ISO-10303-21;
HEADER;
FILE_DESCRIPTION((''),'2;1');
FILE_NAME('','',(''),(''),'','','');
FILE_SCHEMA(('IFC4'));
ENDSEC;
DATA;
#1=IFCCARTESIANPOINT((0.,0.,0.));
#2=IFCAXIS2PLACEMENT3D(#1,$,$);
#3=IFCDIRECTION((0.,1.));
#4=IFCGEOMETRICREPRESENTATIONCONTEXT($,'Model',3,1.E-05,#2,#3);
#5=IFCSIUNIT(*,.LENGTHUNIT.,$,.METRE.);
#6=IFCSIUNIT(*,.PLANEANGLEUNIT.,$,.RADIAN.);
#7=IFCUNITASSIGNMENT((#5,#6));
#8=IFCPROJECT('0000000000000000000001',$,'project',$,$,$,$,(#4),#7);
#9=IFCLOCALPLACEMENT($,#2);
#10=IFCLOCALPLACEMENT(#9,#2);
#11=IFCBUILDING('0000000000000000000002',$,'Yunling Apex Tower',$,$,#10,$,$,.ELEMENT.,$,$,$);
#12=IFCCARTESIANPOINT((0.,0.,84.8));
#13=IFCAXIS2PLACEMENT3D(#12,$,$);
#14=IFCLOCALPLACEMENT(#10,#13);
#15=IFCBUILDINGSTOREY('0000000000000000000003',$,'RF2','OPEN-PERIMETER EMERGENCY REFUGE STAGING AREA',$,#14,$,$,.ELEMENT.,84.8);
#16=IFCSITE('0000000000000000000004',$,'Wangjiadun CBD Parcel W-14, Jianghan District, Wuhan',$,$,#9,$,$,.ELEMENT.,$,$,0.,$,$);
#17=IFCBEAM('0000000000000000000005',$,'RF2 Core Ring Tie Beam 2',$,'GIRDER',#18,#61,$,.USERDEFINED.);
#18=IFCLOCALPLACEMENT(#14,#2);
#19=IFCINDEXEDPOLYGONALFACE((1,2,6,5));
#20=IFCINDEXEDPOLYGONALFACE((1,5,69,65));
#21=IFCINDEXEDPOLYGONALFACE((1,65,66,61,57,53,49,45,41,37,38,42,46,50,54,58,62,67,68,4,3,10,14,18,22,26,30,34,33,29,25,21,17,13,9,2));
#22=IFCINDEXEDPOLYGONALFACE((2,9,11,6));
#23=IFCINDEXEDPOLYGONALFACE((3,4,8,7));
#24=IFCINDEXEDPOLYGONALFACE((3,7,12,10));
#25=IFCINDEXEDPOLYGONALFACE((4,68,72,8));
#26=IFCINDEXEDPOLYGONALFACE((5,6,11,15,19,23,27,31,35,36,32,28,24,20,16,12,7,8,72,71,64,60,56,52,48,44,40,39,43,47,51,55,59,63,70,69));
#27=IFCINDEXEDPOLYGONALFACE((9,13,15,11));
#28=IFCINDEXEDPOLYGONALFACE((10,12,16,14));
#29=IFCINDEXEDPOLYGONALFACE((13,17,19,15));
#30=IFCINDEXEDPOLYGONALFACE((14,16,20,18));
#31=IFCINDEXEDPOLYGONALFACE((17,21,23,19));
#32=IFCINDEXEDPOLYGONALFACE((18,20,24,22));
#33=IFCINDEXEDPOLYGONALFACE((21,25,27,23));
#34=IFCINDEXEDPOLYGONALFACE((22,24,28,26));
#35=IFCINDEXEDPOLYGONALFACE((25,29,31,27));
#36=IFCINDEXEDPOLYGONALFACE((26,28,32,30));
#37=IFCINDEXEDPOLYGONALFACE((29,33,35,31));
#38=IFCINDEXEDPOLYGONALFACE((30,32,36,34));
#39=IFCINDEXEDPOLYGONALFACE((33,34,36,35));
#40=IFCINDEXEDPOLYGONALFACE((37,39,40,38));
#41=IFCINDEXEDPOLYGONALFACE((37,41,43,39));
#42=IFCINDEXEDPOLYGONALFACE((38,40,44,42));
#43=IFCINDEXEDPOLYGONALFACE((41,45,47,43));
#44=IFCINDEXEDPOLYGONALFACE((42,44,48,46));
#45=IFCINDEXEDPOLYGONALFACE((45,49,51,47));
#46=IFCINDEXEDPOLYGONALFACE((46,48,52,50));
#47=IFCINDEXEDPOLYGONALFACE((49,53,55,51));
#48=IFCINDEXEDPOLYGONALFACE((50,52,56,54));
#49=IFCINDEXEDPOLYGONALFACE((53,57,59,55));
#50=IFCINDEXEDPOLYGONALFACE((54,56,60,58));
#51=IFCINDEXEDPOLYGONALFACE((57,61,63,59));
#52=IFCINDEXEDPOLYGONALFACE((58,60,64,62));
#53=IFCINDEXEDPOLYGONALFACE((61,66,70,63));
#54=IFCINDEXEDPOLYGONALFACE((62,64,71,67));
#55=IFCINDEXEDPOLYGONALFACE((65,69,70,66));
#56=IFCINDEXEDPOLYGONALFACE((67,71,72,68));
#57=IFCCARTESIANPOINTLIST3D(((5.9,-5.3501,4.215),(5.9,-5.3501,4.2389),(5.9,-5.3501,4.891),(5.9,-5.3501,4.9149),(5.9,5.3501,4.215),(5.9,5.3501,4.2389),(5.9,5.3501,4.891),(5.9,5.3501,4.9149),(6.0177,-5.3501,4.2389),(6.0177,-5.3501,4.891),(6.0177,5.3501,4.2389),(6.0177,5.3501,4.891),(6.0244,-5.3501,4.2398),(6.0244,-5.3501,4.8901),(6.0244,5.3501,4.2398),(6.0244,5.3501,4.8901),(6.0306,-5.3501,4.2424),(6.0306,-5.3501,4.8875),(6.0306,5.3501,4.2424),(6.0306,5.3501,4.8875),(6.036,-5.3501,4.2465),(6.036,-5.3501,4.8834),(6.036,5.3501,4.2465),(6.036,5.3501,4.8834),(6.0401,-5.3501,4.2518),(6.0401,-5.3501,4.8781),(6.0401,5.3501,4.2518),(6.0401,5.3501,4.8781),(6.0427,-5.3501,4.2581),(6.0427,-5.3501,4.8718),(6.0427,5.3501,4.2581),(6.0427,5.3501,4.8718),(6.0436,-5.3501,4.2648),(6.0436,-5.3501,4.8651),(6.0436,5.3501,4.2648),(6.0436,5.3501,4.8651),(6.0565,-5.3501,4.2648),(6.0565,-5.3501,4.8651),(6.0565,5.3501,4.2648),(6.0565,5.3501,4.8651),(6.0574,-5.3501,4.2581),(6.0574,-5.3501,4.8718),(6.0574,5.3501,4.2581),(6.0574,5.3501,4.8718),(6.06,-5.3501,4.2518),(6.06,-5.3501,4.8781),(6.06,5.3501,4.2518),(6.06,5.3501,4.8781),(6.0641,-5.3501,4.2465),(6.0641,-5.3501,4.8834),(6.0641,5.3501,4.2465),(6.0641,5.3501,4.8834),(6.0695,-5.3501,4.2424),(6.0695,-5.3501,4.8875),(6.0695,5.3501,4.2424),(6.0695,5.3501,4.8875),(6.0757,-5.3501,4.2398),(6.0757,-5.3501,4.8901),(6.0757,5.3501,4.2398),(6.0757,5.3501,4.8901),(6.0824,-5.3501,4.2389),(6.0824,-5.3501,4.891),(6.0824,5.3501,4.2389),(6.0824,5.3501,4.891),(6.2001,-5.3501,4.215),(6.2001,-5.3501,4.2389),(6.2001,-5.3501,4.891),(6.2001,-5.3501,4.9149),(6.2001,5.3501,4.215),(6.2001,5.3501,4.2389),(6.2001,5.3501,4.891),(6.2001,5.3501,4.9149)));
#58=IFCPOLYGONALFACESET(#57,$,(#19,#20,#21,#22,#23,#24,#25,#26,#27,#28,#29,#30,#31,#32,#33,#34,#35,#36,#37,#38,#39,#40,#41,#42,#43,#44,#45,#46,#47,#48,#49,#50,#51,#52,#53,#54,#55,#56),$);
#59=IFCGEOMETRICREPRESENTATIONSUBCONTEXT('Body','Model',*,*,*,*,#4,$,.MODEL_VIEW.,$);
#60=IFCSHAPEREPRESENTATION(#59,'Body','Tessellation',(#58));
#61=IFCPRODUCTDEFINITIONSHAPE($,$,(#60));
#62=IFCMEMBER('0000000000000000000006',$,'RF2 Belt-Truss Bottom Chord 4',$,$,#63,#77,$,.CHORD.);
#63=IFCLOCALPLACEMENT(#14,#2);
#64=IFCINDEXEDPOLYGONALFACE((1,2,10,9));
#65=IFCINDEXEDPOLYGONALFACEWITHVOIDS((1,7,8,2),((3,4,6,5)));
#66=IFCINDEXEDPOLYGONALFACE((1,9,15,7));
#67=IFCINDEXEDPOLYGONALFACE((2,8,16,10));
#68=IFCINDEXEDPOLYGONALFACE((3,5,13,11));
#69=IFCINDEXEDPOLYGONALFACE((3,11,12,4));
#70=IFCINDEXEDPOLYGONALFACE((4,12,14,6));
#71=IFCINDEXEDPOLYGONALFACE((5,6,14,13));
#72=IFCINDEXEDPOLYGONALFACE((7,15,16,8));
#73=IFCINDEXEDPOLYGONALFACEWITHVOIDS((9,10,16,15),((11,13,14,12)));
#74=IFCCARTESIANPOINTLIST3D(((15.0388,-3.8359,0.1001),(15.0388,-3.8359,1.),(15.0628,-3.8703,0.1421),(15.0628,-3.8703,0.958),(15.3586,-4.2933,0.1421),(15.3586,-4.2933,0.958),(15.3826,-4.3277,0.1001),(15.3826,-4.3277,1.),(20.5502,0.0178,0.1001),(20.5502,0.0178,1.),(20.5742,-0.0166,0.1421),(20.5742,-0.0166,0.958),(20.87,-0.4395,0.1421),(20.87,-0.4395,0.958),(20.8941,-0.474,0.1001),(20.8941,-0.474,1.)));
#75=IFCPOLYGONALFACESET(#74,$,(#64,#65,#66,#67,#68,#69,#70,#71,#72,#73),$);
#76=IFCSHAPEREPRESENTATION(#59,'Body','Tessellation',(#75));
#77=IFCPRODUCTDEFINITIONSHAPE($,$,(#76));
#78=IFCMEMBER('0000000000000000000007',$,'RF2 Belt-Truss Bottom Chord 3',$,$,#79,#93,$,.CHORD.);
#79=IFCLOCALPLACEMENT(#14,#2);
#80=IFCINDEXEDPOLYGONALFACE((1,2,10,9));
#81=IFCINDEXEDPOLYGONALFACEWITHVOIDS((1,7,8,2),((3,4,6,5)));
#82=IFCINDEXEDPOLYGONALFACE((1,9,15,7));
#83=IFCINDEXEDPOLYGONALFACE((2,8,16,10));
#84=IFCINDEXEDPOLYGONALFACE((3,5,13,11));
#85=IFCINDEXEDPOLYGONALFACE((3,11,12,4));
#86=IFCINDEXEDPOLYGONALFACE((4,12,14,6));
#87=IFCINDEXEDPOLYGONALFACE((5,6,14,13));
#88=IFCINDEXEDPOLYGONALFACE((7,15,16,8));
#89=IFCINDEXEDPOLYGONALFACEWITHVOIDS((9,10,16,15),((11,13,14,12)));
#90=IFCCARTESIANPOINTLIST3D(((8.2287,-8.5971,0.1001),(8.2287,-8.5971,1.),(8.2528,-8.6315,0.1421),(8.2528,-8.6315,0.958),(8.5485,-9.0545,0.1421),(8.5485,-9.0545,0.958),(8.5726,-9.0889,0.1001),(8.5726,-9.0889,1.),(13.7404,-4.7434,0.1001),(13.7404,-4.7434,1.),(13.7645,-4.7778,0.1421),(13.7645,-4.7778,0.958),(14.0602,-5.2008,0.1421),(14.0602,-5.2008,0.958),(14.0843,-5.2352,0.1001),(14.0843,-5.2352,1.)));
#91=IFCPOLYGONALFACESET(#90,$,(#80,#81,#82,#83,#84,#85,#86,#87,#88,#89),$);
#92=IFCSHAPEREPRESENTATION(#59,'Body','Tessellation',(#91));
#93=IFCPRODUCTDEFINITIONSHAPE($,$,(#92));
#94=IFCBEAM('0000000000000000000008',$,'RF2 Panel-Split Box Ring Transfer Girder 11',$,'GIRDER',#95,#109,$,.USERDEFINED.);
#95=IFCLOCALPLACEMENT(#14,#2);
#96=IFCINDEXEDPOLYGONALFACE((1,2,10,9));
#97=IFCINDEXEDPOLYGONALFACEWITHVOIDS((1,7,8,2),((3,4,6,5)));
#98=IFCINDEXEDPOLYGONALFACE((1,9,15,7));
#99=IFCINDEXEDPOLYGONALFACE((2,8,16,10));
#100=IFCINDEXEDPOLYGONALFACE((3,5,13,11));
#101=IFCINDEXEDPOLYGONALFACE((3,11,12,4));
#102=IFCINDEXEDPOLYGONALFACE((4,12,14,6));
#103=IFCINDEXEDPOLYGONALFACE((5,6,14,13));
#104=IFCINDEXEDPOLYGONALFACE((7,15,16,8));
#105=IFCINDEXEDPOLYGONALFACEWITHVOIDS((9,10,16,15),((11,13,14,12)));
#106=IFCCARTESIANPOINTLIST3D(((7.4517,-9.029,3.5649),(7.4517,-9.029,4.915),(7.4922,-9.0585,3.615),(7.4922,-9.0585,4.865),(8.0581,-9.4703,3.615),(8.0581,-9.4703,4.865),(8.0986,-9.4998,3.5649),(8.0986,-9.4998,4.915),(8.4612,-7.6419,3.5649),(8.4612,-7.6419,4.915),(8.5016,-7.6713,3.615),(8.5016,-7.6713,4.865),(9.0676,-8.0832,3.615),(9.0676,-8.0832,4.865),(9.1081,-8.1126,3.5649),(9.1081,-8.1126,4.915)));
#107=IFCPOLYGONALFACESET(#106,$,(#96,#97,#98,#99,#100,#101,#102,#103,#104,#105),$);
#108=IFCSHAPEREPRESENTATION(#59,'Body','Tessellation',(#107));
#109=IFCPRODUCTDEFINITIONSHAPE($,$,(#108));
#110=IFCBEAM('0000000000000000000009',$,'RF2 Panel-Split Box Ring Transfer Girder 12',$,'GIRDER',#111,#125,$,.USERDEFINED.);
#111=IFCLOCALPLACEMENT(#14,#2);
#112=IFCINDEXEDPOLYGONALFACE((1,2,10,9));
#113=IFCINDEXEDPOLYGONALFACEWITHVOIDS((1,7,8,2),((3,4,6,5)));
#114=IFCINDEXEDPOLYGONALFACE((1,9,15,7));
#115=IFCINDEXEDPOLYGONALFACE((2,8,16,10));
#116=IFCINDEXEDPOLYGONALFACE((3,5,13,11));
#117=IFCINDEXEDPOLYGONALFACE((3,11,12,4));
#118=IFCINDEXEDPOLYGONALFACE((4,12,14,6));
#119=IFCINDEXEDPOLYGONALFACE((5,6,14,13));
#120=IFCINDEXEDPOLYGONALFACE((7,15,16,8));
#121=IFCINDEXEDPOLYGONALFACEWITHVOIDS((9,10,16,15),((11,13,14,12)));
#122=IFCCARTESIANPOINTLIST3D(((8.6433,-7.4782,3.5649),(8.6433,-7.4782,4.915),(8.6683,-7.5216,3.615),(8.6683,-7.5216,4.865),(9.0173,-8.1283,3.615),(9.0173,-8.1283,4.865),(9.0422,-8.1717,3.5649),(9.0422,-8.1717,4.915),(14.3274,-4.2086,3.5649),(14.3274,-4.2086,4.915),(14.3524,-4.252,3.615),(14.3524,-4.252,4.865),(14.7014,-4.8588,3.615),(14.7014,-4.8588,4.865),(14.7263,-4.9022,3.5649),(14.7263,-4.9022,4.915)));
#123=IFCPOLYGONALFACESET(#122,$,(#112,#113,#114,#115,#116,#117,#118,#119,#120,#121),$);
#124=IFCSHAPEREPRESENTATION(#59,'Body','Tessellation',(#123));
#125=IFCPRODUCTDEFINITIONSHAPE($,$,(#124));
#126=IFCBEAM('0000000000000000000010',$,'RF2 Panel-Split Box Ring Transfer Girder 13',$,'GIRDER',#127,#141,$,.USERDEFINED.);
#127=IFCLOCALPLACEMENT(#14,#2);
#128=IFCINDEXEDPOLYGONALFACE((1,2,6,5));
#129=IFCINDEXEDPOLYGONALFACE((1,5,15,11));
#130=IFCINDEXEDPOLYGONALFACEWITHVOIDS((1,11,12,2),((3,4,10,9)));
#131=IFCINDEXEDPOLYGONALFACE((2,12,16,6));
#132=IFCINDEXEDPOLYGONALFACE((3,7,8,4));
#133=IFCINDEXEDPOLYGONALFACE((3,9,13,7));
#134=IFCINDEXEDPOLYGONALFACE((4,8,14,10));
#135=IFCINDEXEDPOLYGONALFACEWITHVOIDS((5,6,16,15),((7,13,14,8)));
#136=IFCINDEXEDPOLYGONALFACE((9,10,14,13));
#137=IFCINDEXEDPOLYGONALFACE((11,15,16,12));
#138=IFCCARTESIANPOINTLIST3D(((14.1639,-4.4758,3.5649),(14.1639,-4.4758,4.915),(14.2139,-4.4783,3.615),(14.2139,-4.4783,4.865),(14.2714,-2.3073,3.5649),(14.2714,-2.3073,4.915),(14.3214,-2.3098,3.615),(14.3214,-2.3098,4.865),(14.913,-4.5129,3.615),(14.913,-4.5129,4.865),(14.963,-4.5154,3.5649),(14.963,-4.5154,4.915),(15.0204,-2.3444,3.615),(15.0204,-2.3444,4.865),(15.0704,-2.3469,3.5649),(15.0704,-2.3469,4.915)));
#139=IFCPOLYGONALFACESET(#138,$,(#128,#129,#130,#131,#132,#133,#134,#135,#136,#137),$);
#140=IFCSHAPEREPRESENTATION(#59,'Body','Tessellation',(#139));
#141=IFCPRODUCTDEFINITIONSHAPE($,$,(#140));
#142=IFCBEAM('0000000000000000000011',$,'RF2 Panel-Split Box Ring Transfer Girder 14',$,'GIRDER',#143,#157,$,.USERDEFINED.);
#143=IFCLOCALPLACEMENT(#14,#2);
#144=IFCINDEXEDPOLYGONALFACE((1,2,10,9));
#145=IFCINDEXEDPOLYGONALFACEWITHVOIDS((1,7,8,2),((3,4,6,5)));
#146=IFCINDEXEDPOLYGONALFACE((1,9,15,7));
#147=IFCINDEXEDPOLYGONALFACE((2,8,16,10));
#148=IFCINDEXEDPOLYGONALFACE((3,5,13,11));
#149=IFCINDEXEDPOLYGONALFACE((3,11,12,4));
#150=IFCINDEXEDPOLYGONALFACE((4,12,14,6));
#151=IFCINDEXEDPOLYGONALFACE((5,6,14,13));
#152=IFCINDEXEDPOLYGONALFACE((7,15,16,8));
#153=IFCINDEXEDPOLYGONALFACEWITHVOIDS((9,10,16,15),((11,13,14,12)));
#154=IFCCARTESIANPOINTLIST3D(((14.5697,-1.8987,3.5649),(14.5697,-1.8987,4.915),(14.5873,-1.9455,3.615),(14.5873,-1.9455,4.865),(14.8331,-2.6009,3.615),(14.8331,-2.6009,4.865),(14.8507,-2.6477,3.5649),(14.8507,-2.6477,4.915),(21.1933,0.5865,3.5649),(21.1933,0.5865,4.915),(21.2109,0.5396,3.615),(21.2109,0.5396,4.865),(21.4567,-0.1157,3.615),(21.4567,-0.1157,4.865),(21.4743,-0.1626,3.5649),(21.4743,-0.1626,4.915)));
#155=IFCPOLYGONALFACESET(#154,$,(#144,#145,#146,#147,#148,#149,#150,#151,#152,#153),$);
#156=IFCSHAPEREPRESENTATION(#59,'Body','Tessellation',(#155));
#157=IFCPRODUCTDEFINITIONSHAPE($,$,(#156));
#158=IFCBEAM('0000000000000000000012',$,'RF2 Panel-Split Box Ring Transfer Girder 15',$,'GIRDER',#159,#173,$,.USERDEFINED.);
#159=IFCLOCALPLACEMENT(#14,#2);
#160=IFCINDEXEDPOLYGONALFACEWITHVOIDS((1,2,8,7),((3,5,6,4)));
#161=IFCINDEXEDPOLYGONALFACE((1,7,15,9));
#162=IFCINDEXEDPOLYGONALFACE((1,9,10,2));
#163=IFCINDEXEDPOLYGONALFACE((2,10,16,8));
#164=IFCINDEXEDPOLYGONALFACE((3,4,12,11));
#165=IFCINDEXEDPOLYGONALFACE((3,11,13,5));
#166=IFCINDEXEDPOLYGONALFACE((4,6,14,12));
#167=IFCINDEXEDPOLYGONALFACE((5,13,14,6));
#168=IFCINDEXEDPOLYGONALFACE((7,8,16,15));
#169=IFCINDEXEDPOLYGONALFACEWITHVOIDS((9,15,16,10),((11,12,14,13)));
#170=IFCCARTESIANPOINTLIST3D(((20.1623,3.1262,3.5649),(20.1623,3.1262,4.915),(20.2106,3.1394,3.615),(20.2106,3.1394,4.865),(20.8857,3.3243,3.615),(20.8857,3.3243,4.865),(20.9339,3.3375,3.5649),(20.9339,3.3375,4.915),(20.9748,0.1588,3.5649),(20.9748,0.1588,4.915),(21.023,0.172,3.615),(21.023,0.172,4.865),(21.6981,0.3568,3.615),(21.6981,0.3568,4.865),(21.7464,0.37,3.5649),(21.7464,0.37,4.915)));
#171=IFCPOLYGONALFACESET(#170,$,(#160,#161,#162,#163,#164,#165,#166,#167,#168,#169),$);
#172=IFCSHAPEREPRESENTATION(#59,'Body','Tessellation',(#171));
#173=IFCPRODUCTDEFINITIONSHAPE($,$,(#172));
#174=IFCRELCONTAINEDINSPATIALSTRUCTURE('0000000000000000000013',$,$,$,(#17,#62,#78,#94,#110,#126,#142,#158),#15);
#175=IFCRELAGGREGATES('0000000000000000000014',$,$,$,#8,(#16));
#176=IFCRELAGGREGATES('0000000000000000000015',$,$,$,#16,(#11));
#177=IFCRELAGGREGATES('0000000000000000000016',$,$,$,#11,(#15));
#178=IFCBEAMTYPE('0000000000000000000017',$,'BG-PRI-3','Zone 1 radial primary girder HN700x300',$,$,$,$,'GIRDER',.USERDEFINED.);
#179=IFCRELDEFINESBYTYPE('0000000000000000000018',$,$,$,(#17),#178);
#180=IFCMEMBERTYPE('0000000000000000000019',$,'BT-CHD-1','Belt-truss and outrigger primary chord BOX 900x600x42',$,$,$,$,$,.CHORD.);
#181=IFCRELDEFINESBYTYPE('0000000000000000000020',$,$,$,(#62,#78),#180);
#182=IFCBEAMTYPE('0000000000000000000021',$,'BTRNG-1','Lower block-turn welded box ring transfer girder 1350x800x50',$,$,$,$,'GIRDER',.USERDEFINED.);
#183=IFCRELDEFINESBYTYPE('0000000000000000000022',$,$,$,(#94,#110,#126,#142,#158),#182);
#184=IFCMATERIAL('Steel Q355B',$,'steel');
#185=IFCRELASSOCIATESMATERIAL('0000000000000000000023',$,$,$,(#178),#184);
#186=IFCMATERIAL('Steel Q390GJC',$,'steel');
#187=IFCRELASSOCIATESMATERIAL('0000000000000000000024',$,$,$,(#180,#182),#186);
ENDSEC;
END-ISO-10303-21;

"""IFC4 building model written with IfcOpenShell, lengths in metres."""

from ifc_helpers import new_model, si_unit, direction, frame, origin, origin_2d, place, context, subcontext, project, spatial, hollow_rectangle, i_section, extrude, source, transform, mapped, material, material_profile, profile_set, type_object, element, save


model = new_model("IFC4")

# Units and contexts
model_context = context("Model", 3, precision=1e-05, world=origin(), true_north=direction((0.0, 1.0)))
body_context = subcontext(model_context, "Body", "Model", "MODEL_VIEW")
ifc_project = project(units=[si_unit("LENGTHUNIT", "METRE"), si_unit("PLANEANGLEUNIT", "RADIAN")], contexts=[model_context])

# Site, building, storey
site_placement = place(None, origin())
site = spatial("IfcSite", under=ifc_project, at=site_placement, Name="Wangjiadun CBD Parcel W-14, Jianghan District, Wuhan", CompositionType="ELEMENT", RefElevation=0.0)
building_placement = place(site_placement, origin())
building = spatial("IfcBuilding", under=site, at=building_placement, Name="Yunling Apex Tower", CompositionType="ELEMENT")
storey_placement = place(building_placement, frame((0.0, 0.0, 84.8)))
storey = spatial("IfcBuildingStorey", under=building, at=storey_placement, Name="RF2", Description="OPEN-PERIMETER EMERGENCY REFUGE STAGING AREA", CompositionType="ELEMENT", Elevation=84.8)

# Shared definitions
ifc_material_1 = material(Name="Steel Q390GJC", Category="steel")

# Beam
ifc_material_2 = material(Name="Steel Q355B", Category="steel")
ifc_material_profile_1 = material_profile(ifc_material_2, i_section(OverallWidth=0.3, OverallDepth=0.7, WebThickness=0.0129, FlangeThickness=0.0239, FilletRadius=0.0259, at=origin_2d()))
ifc_profile_set_1 = profile_set([ifc_material_profile_1], Name="Steel Q355B")
beam_type_1 = type_object("IfcBeamType", Name="BG-PRI-3", Description="Zone 1 radial primary girder HN700x300", ElementType="GIRDER", PredefinedType="USERDEFINED", material=ifc_profile_set_1)
shared_shape_1 = source(origin(), body_context, "Body", "SweptSolid", [
    extrude(i_section(OverallWidth=0.3, OverallDepth=0.7, WebThickness=0.0129, FlangeThickness=0.0239, FilletRadius=0.0259, at=origin_2d()), origin(), (0.0, 0.0, 1.0), 10.7002),
])
beam_1_placement = place(storey_placement, frame((6.05, -5.3501, 4.5649), z_axis=(0.0, 1.0, 0.0), x_axis=(-1.0, 0.0, 0.0)))
element("IfcBeam", 1, at=beam_1_placement, inside=storey, type_object=beam_type_1, Name="RF2 Core Ring Tie Beam 2", ObjectType="GIRDER", PredefinedType="USERDEFINED", context=body_context, shape_type="MappedRepresentation", body=[
    mapped(shared_shape_1, transform((0.0, 0.0, 0.0), scale=1.0)),
])

# Members
ifc_material_profile_2 = material_profile(ifc_material_1, hollow_rectangle(XDim=0.6001, YDim=0.8999, WallThickness=0.042, at=origin_2d()))
ifc_profile_set_2 = profile_set([ifc_material_profile_2], Name="Steel Q390GJC")
member_type_1 = type_object("IfcMemberType", Name="BT-CHD-1", Description="Belt-truss and outrigger primary chord BOX 900x600x42", PredefinedType="CHORD", material=ifc_profile_set_2)
shared_shape_2 = source(origin(), body_context, "Body", "SweptSolid", [
    extrude(hollow_rectangle(XDim=0.6001, YDim=0.8999, WallThickness=0.042, at=origin_2d()), origin(), (0.0, 0.0, 1.0), 6.7251),
])
member_1_placement = place(storey_placement, frame((15.2107, -4.0818, 0.55), z_axis=(0.81953, 0.573036, 0.0), x_axis=(-0.573036, 0.81953, 0.0)))
element("IfcMember", 2, at=member_1_placement, inside=storey, type_object=member_type_1, Name="RF2 Belt-Truss Bottom Chord 4", PredefinedType="CHORD", context=body_context, shape_type="MappedRepresentation", body=[
    mapped(shared_shape_2, transform((0.0, 0.0, 0.0), scale=1.0)),
])
shared_shape_3 = source(origin(), body_context, "Body", "SweptSolid", [
    extrude(hollow_rectangle(XDim=0.6001, YDim=0.8999, WallThickness=0.042, at=origin_2d()), origin(), (0.0, 0.0, 1.0), 6.7253),
])
member_2_placement = place(storey_placement, frame((8.4006, -8.843, 0.55), z_axis=(0.819542, 0.573019, 0.0), x_axis=(-0.573019, 0.819542, 0.0)))
element("IfcMember", 3, at=member_2_placement, inside=storey, type_object=member_type_1, Name="RF2 Belt-Truss Bottom Chord 3", PredefinedType="CHORD", context=body_context, shape_type="MappedRepresentation", body=[
    mapped(shared_shape_3, transform((0.0, 0.0, 0.0), scale=1.0)),
])

# Beams
ifc_material_profile_3 = material_profile(ifc_material_1, hollow_rectangle(XDim=0.8, YDim=1.3501, WallThickness=0.05, at=origin_2d()))
ifc_profile_set_3 = profile_set([ifc_material_profile_3], Name="Steel Q390GJC")
beam_type_2 = type_object("IfcBeamType", Name="BTRNG-1", Description="Lower block-turn welded box ring transfer girder 1350x800x50", ElementType="GIRDER", PredefinedType="USERDEFINED", material=ifc_profile_set_3)
shared_shape_4 = source(origin(), body_context, "Body", "SweptSolid", [
    extrude(hollow_rectangle(XDim=0.8, YDim=1.3501, WallThickness=0.05, at=origin_2d()), origin(), (0.0, 0.0, 1.0), 1.7156),
])
beam_2_placement = place(storey_placement, frame((7.7751, -9.2644, 4.24), z_axis=(0.588417, 0.808558, 0.0), x_axis=(-0.808558, 0.588417, 0.0)))
element("IfcBeam", 4, at=beam_2_placement, inside=storey, type_object=beam_type_2, Name="RF2 Panel-Split Box Ring Transfer Girder 11", ObjectType="GIRDER", PredefinedType="USERDEFINED", context=body_context, shape_type="MappedRepresentation", body=[
    mapped(shared_shape_4, transform((0.0, 0.0, 0.0), scale=1.0)),
])
shared_shape_5 = source(origin(), body_context, "Body", "SweptSolid", [
    extrude(hollow_rectangle(XDim=0.8, YDim=1.3501, WallThickness=0.05, at=origin_2d()), origin(), (0.0, 0.0, 1.0), 6.5574),
])
beam_3_placement = place(storey_placement, frame((8.8428, -7.825, 4.24), z_axis=(0.866828, 0.498607, 0.0), x_axis=(-0.498607, 0.866828, 0.0)))
element("IfcBeam", 5, at=beam_3_placement, inside=storey, type_object=beam_type_2, Name="RF2 Panel-Split Box Ring Transfer Girder 12", ObjectType="GIRDER", PredefinedType="USERDEFINED", context=body_context, shape_type="MappedRepresentation", body=[
    mapped(shared_shape_5, transform((0.0, 0.0, 0.0), scale=1.0)),
])
shared_shape_6 = source(origin(), body_context, "Body", "SweptSolid", [
    extrude(hollow_rectangle(XDim=0.8, YDim=1.3501, WallThickness=0.05, at=origin_2d()), origin(), (0.0, 0.0, 1.0), 2.1711),
])
beam_4_placement = place(storey_placement, frame((14.5635, -4.4956, 4.24), z_axis=(0.049478, 0.998775, 0.0), x_axis=(-0.998775, 0.049478, 0.0)))
element("IfcBeam", 6, at=beam_4_placement, inside=storey, type_object=beam_type_2, Name="RF2 Panel-Split Box Ring Transfer Girder 13", ObjectType="GIRDER", PredefinedType="USERDEFINED", context=body_context, shape_type="MappedRepresentation", body=[
    mapped(shared_shape_6, transform((0.0, 0.0, 0.0), scale=1.0)),
])
shared_shape_7 = source(origin(), body_context, "Body", "SweptSolid", [
    extrude(hollow_rectangle(XDim=0.8, YDim=1.3501, WallThickness=0.05, at=origin_2d()), origin(), (0.0, 0.0, 1.0), 7.0745),
])
beam_5_placement = place(storey_placement, frame((14.7102, -2.2732, 4.24), z_axis=(0.93627, 0.351282, 0.0), x_axis=(-0.351282, 0.93627, 0.0)))
element("IfcBeam", 7, at=beam_5_placement, inside=storey, type_object=beam_type_2, Name="RF2 Panel-Split Box Ring Transfer Girder 14", ObjectType="GIRDER", PredefinedType="USERDEFINED", context=body_context, shape_type="MappedRepresentation", body=[
    mapped(shared_shape_7, transform((0.0, 0.0, 0.0), scale=1.0)),
])
shared_shape_8 = source(origin(), body_context, "Body", "SweptSolid", [
    extrude(hollow_rectangle(XDim=0.8, YDim=1.3501, WallThickness=0.05, at=origin_2d()), origin(), (0.0, 0.0, 1.0), 3.0767),
])
beam_6_placement = place(storey_placement, frame((21.3606, 0.2644, 4.24), z_axis=(-0.264077, 0.964501, 0.0), x_axis=(-0.964501, -0.264077, 0.0)))
element("IfcBeam", 8, at=beam_6_placement, inside=storey, type_object=beam_type_2, Name="RF2 Panel-Split Box Ring Transfer Girder 15", ObjectType="GIRDER", PredefinedType="USERDEFINED", context=body_context, shape_type="MappedRepresentation", body=[
    mapped(shared_shape_8, transform((0.0, 0.0, 0.0), scale=1.0)),
])

save(model, "model.ifc")
